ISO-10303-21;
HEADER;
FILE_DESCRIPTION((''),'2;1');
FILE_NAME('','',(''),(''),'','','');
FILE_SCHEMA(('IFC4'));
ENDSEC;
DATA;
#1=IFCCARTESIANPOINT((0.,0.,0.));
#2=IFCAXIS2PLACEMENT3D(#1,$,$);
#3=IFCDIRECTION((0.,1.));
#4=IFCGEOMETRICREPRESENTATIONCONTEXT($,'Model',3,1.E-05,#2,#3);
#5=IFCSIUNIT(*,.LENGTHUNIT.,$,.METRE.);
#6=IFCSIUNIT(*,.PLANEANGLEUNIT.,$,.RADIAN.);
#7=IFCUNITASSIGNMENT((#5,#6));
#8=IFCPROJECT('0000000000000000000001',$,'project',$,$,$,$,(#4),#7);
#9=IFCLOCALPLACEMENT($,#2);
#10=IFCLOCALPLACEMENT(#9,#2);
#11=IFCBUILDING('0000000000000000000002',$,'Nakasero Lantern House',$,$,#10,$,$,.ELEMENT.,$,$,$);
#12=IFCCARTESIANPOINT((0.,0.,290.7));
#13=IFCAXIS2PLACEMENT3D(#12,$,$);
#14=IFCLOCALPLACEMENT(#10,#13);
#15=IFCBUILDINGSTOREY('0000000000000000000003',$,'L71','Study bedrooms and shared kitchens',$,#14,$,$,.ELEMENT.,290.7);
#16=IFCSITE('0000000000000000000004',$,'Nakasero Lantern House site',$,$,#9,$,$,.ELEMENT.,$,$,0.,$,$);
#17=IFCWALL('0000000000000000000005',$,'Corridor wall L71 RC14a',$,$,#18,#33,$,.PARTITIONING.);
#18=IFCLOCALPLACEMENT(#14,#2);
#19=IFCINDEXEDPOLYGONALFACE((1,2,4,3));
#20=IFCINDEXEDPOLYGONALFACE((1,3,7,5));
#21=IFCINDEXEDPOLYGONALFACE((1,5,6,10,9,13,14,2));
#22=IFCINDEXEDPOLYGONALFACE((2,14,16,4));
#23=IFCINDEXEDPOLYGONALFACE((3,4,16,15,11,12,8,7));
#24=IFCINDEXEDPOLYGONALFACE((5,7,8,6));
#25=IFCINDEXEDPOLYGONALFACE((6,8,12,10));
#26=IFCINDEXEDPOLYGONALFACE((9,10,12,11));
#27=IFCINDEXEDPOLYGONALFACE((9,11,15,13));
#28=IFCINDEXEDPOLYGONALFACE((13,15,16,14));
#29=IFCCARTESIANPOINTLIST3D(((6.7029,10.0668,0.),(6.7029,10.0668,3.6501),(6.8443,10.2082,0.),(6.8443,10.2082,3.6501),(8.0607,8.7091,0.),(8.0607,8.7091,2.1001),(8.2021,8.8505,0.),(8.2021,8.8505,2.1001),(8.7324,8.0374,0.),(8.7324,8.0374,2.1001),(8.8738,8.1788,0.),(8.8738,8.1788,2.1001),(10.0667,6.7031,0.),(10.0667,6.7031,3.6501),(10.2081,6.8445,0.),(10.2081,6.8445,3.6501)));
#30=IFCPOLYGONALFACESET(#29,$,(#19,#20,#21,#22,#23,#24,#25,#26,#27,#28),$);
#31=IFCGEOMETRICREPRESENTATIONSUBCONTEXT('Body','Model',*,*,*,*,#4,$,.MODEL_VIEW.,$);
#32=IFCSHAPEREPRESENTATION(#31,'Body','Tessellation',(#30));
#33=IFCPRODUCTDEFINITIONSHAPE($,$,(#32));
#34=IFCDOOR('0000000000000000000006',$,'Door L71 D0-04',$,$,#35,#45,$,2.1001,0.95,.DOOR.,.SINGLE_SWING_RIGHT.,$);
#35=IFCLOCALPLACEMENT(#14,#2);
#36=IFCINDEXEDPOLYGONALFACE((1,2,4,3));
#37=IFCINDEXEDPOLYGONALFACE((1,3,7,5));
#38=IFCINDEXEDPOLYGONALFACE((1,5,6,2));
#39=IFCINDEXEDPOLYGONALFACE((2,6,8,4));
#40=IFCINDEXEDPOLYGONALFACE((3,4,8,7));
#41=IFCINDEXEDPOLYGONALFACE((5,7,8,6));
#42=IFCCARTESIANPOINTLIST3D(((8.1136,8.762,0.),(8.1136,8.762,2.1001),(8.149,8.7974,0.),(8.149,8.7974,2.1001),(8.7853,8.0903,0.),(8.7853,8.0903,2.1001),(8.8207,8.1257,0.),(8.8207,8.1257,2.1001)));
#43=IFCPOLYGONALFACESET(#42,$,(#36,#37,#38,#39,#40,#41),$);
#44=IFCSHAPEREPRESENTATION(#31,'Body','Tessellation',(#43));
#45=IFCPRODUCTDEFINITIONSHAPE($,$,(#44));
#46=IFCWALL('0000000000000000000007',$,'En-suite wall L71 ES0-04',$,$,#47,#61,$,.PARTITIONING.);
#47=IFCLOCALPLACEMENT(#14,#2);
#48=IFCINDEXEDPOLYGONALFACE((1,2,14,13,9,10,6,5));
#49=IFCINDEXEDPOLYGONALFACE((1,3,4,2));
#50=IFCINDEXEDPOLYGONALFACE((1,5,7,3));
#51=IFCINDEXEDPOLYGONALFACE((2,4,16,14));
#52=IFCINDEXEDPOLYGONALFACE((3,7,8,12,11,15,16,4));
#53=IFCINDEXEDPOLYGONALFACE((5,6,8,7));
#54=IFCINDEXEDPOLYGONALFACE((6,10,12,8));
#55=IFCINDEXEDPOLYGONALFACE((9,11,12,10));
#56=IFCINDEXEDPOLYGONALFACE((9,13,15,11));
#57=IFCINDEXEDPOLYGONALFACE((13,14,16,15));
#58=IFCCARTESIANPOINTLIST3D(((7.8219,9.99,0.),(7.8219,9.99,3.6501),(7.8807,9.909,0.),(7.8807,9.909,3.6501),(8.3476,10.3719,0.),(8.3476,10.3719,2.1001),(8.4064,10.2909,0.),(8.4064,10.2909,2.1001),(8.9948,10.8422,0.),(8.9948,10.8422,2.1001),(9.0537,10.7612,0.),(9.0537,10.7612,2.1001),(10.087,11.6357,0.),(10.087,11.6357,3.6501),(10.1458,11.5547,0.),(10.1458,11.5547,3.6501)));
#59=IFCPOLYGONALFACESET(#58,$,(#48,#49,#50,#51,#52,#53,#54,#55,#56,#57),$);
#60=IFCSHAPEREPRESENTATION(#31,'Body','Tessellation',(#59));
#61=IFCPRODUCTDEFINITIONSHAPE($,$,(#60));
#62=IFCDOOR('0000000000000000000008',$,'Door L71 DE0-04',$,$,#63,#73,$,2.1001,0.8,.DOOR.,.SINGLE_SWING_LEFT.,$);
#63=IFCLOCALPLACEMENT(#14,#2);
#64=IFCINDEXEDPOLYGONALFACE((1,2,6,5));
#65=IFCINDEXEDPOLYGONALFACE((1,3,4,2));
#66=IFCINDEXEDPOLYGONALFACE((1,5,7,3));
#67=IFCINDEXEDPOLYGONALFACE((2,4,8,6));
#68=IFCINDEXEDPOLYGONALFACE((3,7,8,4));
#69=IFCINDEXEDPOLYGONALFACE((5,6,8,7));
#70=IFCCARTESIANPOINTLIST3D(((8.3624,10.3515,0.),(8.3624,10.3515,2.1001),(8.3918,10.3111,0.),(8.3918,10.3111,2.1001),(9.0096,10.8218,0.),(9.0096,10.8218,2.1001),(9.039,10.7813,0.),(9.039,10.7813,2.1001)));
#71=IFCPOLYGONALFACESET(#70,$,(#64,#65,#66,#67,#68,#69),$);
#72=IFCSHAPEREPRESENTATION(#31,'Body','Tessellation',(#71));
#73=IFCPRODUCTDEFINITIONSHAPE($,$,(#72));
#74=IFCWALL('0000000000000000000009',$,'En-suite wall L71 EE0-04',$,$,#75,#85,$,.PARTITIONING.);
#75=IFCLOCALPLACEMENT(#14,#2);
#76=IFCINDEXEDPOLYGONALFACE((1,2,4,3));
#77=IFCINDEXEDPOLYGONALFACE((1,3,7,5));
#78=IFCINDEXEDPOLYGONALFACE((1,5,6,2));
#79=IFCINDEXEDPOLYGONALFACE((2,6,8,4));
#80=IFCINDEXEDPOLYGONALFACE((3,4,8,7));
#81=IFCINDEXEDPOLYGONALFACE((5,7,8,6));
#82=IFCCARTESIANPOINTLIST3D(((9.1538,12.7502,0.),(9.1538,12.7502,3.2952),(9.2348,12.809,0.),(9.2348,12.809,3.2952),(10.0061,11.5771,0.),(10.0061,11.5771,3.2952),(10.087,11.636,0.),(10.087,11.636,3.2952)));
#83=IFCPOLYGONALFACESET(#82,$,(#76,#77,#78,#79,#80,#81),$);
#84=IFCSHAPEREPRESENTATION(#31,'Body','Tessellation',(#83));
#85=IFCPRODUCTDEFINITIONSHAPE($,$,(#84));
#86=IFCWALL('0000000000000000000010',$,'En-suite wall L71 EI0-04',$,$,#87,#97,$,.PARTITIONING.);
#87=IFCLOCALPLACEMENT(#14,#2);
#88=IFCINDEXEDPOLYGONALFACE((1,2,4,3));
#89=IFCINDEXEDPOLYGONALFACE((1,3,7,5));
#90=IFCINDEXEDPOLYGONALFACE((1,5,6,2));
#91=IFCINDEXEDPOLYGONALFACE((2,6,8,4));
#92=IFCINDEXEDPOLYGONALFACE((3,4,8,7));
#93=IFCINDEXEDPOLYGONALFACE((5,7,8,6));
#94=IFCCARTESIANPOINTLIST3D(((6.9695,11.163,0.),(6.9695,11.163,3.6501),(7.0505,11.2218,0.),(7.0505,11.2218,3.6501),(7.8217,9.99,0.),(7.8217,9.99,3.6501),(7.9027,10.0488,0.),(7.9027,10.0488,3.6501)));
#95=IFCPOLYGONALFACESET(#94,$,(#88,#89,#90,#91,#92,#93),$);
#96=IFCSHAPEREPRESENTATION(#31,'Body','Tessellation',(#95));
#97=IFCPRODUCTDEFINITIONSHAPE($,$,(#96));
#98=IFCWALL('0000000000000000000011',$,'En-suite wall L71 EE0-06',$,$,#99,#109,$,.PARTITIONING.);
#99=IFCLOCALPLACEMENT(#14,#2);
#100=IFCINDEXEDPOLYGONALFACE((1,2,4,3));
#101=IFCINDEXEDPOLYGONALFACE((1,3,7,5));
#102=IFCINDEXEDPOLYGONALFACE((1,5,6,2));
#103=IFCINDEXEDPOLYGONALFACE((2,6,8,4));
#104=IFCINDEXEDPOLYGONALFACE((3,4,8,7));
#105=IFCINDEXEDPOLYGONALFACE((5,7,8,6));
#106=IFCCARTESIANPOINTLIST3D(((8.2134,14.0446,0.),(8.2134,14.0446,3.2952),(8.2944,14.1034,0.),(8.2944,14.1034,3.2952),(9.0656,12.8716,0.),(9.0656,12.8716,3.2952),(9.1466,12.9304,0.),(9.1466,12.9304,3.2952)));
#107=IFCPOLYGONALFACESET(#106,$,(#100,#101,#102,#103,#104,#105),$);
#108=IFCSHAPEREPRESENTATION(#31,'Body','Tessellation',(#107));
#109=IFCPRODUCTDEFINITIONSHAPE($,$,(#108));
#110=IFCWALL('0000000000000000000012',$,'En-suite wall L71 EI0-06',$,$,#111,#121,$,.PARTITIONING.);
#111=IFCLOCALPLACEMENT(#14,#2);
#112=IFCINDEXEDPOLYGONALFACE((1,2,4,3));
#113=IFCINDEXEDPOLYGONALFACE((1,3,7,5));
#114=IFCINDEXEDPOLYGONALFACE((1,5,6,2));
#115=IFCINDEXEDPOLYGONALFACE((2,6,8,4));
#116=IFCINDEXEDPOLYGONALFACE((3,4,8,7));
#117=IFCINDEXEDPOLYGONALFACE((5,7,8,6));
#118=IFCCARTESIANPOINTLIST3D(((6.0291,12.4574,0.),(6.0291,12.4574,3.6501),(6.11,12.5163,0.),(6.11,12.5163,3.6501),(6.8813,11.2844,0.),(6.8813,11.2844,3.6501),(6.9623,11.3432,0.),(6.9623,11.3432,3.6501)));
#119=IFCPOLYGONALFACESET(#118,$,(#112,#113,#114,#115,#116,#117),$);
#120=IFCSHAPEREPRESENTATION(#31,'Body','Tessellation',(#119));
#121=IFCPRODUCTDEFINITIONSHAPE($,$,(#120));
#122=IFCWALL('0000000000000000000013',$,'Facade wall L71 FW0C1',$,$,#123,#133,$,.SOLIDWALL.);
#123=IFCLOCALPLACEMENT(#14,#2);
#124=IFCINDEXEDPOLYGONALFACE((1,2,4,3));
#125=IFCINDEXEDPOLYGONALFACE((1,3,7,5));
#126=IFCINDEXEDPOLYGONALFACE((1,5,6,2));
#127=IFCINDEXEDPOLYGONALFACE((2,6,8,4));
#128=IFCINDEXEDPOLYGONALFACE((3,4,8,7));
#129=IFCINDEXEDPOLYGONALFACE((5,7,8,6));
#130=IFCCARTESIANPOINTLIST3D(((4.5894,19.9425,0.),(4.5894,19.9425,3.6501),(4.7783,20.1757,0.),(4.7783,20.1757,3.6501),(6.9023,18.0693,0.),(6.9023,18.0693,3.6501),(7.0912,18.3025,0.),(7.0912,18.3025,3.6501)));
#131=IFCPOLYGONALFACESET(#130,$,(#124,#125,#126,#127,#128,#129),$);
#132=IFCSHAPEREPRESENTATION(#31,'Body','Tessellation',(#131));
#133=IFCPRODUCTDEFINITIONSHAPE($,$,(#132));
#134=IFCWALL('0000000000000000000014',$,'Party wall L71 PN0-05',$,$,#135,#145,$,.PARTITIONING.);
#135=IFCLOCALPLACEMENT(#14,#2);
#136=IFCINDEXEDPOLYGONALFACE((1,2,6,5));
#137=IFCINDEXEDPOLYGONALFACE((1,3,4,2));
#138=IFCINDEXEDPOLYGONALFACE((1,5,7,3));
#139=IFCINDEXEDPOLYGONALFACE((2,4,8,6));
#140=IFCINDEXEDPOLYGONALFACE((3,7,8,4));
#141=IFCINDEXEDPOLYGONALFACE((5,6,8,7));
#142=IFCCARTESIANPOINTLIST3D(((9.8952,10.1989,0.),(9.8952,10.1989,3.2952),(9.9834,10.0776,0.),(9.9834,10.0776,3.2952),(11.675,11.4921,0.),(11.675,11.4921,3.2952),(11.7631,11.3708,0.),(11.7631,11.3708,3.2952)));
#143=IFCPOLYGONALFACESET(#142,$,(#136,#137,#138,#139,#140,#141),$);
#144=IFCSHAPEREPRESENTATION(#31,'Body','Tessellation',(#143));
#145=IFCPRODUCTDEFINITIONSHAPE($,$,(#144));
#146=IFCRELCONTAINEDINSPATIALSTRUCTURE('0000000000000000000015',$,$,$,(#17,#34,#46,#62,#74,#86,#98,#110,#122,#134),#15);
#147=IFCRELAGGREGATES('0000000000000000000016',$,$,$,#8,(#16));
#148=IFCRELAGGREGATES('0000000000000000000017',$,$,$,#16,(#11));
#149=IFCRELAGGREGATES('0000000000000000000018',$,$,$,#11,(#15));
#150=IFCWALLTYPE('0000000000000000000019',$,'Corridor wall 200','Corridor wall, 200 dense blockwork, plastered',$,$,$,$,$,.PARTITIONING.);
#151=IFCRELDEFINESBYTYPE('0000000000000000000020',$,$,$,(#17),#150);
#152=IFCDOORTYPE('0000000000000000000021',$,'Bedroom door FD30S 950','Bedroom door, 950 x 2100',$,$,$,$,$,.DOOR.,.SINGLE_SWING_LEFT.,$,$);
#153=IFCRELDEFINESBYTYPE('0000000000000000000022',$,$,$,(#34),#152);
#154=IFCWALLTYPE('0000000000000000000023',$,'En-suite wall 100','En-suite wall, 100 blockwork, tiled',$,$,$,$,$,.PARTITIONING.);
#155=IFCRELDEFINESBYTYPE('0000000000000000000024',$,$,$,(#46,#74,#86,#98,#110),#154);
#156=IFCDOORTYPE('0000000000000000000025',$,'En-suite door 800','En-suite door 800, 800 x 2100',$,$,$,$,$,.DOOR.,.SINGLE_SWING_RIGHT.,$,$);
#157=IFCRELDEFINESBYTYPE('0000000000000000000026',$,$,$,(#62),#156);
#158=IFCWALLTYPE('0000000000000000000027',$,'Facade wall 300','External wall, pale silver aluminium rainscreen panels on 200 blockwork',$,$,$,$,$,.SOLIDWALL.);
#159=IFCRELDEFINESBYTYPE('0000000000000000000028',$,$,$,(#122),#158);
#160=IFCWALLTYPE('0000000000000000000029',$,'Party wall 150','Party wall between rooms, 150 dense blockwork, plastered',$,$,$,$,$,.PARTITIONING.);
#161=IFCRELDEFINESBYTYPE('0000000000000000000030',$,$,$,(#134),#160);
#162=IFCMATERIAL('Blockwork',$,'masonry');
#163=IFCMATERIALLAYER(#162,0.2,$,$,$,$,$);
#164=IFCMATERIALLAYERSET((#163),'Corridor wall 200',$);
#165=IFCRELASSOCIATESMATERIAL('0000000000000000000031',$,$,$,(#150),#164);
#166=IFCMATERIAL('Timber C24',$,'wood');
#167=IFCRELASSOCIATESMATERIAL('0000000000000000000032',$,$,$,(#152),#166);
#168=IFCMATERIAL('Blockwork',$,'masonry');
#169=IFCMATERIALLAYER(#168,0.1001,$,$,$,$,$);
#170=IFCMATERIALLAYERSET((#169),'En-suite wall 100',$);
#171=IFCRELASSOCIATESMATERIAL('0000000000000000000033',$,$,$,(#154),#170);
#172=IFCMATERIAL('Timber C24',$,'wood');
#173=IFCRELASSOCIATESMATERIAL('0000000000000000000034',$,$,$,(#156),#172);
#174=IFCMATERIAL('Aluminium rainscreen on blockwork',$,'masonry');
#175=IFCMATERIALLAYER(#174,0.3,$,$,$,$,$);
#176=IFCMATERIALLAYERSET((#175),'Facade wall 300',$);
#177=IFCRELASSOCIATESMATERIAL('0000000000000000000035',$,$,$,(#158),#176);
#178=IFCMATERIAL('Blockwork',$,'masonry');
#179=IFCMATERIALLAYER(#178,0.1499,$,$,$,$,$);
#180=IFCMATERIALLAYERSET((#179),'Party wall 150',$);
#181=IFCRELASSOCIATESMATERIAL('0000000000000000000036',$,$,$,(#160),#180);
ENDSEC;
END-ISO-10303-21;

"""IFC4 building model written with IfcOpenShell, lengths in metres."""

from ifc_helpers import new_model, si_unit, direction, frame, frame_2d, origin, place, context, subcontext, project, spatial, rectangle, extrude, material, layer, layer_set, type_object, element, fill, save


model = new_model("IFC4")

# Units and contexts
model_context = context("Model", 3, precision=1e-05, world=origin(), true_north=direction((0.0, 1.0)))
body_context = subcontext(model_context, "Body", "Model", "MODEL_VIEW")
ifc_project = project(units=[si_unit("LENGTHUNIT", "METRE"), si_unit("PLANEANGLEUNIT", "RADIAN")], contexts=[model_context])

# Site, building, storey
site_placement = place(None, origin())
site = spatial("IfcSite", under=ifc_project, at=site_placement, Name="Nakasero Lantern House site", CompositionType="ELEMENT", RefElevation=0.0)
building_placement = place(site_placement, origin())
building = spatial("IfcBuilding", under=site, at=building_placement, Name="Nakasero Lantern House", CompositionType="ELEMENT")
storey_placement = place(building_placement, frame((0.0, 0.0, 290.7)))
storey = spatial("IfcBuildingStorey", under=building, at=storey_placement, Name="L71", Description="Study bedrooms and shared kitchens", CompositionType="ELEMENT", Elevation=290.7)

# Walls, openings, doors
ifc_material_1 = material(Name="Blockwork", Category="masonry")
ifc_layer_1 = layer(ifc_material_1, 0.2)
ifc_layer_set_1 = layer_set([ifc_layer_1], Name="Corridor wall 200")
wall_type_1 = type_object("IfcWallType", Name="Corridor wall 200", Description="Corridor wall, 200 dense blockwork, plastered", PredefinedType="PARTITIONING", material=ifc_layer_set_1)
wall_1_placement = place(storey_placement, frame((6.7737, 10.1375, 0.0), z_axis=(0.0, 0.0, 1.0), x_axis=(0.707107, -0.707107, 0.0)))
wall_1 = element("IfcWall", 1, at=wall_1_placement, inside=storey, type_object=wall_type_1, Name="Corridor wall L71 RC14a", PredefinedType="PARTITIONING", context=body_context, shape_type="SweptSolid", body=[
    extrude(rectangle(XDim=4.7571, YDim=0.2, at=frame_2d((2.3784, 0.0))), origin(), (0.0, 0.0, 1.0), 3.6501),
])
opening_1_placement = place(wall_1_placement, frame((1.9199, 0.0, 0.0)))
opening_1 = element("IfcOpeningElement", 2, at=opening_1_placement, cuts=wall_1, PredefinedType="OPENING", context=body_context, shape_type="SweptSolid", body=[
    extrude(rectangle(XDim=0.95, YDim=2.1001, at=frame_2d((0.4751, 1.05))), frame((0.0, 0.1199, 0.0), z_axis=(0.0, -1.0, 0.0), x_axis=(1.0, 0.0, 0.0)), (0.0, 0.0, 1.0), 0.24),
])
ifc_material_2 = material(Name="Timber C24", Category="wood")
door_type_1 = type_object("IfcDoorType", Name="Bedroom door FD30S 950", Description="Bedroom door, 950 x 2100", OperationType="SINGLE_SWING_LEFT", PredefinedType="DOOR", material=ifc_material_2)
door_1_placement = place(opening_1_placement, origin())
door_1 = element("IfcDoor", 3, at=door_1_placement, inside=storey, type_object=door_type_1, Name="Door L71 D0-04", OperationType="SINGLE_SWING_RIGHT", OverallHeight=2.1001, OverallWidth=0.95, PredefinedType="DOOR", context=body_context, shape_type="SweptSolid", body=[
    extrude(rectangle(XDim=0.95, YDim=2.1001, at=frame_2d((0.4751, 1.05))), frame((0.0, 0.0249, 0.0), z_axis=(0.0, -1.0, 0.0), x_axis=(1.0, 0.0, 0.0)), (0.0, 0.0, 1.0), 0.05),
])
fill(opening_1, door_1)
ifc_material_3 = material(Name="Blockwork", Category="masonry")
ifc_layer_2 = layer(ifc_material_3, 0.1001)
ifc_layer_set_2 = layer_set([ifc_layer_2], Name="En-suite wall 100")
wall_type_2 = type_object("IfcWallType", Name="En-suite wall 100", Description="En-suite wall, 100 blockwork, tiled", PredefinedType="PARTITIONING", material=ifc_layer_set_2)
wall_2_placement = place(storey_placement, frame((7.8513, 9.9495, 0.0), z_axis=(0.0, 0.0, 1.0), x_axis=(0.809011, 0.587793, 0.0)))
wall_2 = element("IfcWall", 4, at=wall_2_placement, inside=storey, type_object=wall_type_2, Name="En-suite wall L71 ES0-04", PredefinedType="PARTITIONING", context=body_context, shape_type="SweptSolid", body=[
    extrude(rectangle(XDim=2.7998, YDim=0.1001, at=frame_2d((1.3999, 0.0))), origin(), (0.0, 0.0, 1.0), 3.6501),
])
opening_2_placement = place(wall_2_placement, frame((0.6499, 0.0, 0.0)))
opening_2 = element("IfcOpeningElement", 5, at=opening_2_placement, cuts=wall_2, PredefinedType="OPENING", context=body_context, shape_type="SweptSolid", body=[
    extrude(rectangle(XDim=0.8, YDim=2.1001, at=frame_2d((0.3999, 1.05))), frame((0.0, 0.0701, 0.0), z_axis=(0.0, -1.0, 0.0), x_axis=(1.0, 0.0, 0.0)), (0.0, 0.0, 1.0), 0.1401),
])
ifc_material_4 = material(Name="Timber C24", Category="wood")
door_type_2 = type_object("IfcDoorType", Name="En-suite door 800", Description="En-suite door 800, 800 x 2100", OperationType="SINGLE_SWING_RIGHT", PredefinedType="DOOR", material=ifc_material_4)
door_2_placement = place(opening_2_placement, origin())
door_2 = element("IfcDoor", 6, at=door_2_placement, inside=storey, type_object=door_type_2, Name="Door L71 DE0-04", OperationType="SINGLE_SWING_LEFT", OverallHeight=2.1001, OverallWidth=0.8, PredefinedType="DOOR", context=body_context, shape_type="SweptSolid", body=[
    extrude(rectangle(XDim=0.8, YDim=2.1001, at=frame_2d((0.3999, 1.05))), frame((0.0, 0.0249, 0.0), z_axis=(0.0, -1.0, 0.0), x_axis=(1.0, 0.0, 0.0)), (0.0, 0.0, 1.0), 0.05),
])
fill(opening_2, door_2)

# Walls
wall_3_placement = place(storey_placement, frame((10.0466, 11.6064, 0.0), z_axis=(0.0, 0.0, 1.0), x_axis=(-0.587781, 0.80902, 0.0)))
element("IfcWall", 7, at=wall_3_placement, inside=storey, type_object=wall_type_2, Name="En-suite wall L71 EE0-04", PredefinedType="PARTITIONING", context=body_context, shape_type="SweptSolid", body=[
    extrude(rectangle(XDim=1.45, YDim=0.1001, at=frame_2d((0.7251, 0.0))), origin(), (0.0, 0.0, 1.0), 3.2952),
])
wall_4_placement = place(storey_placement, frame((7.8623, 10.0193, 0.0), z_axis=(0.0, 0.0, 1.0), x_axis=(-0.587781, 0.80902, 0.0)))
element("IfcWall", 8, at=wall_4_placement, inside=storey, type_object=wall_type_2, Name="En-suite wall L71 EI0-04", PredefinedType="PARTITIONING", context=body_context, shape_type="SweptSolid", body=[
    extrude(rectangle(XDim=1.45, YDim=0.1001, at=frame_2d((0.7251, 0.0))), origin(), (0.0, 0.0, 1.0), 3.6501),
])
wall_5_placement = place(storey_placement, frame((9.1062, 12.9009, 0.0), z_axis=(0.0, 0.0, 1.0), x_axis=(-0.587781, 0.80902, 0.0)))
element("IfcWall", 9, at=wall_5_placement, inside=storey, type_object=wall_type_2, Name="En-suite wall L71 EE0-06", PredefinedType="PARTITIONING", context=body_context, shape_type="SweptSolid", body=[
    extrude(rectangle(XDim=1.45, YDim=0.1001, at=frame_2d((0.7251, 0.0))), origin(), (0.0, 0.0, 1.0), 3.2952),
])
wall_6_placement = place(storey_placement, frame((6.9219, 11.3137, 0.0), z_axis=(0.0, 0.0, 1.0), x_axis=(-0.587781, 0.80902, 0.0)))
element("IfcWall", 10, at=wall_6_placement, inside=storey, type_object=wall_type_2, Name="En-suite wall L71 EI0-06", PredefinedType="PARTITIONING", context=body_context, shape_type="SweptSolid", body=[
    extrude(rectangle(XDim=1.45, YDim=0.1001, at=frame_2d((0.7251, 0.0))), origin(), (0.0, 0.0, 1.0), 3.6501),
])
ifc_material_5 = material(Name="Aluminium rainscreen on blockwork", Category="masonry")
ifc_layer_3 = layer(ifc_material_5, 0.3)
ifc_layer_set_3 = layer_set([ifc_layer_3], Name="Facade wall 300")
wall_type_3 = type_object("IfcWallType", Name="Facade wall 300", Description="External wall, pale silver aluminium rainscreen panels on 200 blockwork", PredefinedType="SOLIDWALL", material=ifc_layer_set_3)
wall_7_placement = place(storey_placement, frame((6.9968, 18.1858, 0.0), z_axis=(0.0, 0.0, 1.0), x_axis=(-0.777102, 0.629375, 0.0)))
element("IfcWall", 11, at=wall_7_placement, inside=storey, type_object=wall_type_3, Name="Facade wall L71 FW0C1", PredefinedType="SOLIDWALL", context=body_context, shape_type="SweptSolid", body=[
    extrude(rectangle(XDim=2.9763, YDim=0.3, at=frame_2d((1.4883, 0.0))), origin(), (0.0, 0.0, 1.0), 3.6501),
])
ifc_material_6 = material(Name="Blockwork", Category="masonry")
ifc_layer_4 = layer(ifc_material_6, 0.1499)
ifc_layer_set_4 = layer_set([ifc_layer_4], Name="Party wall 150")
wall_type_4 = type_object("IfcWallType", Name="Party wall 150", Description="Party wall between rooms, 150 dense blockwork, plastered", PredefinedType="PARTITIONING", material=ifc_layer_set_4)
wall_8_placement = place(storey_placement, frame((9.9392, 10.1382, 0.0), z_axis=(0.0, 0.0, 1.0), x_axis=(0.80899, 0.587822, 0.0)))
element("IfcWall", 12, at=wall_8_placement, inside=storey, type_object=wall_type_4, Name="Party wall L71 PN0-05", PredefinedType="PARTITIONING", context=body_context, shape_type="SweptSolid", body=[
    extrude(rectangle(XDim=2.2, YDim=0.1499, at=frame_2d((1.1001, 0.0))), origin(), (0.0, 0.0, 1.0), 3.2952),
])

save(model, "model.ifc")
